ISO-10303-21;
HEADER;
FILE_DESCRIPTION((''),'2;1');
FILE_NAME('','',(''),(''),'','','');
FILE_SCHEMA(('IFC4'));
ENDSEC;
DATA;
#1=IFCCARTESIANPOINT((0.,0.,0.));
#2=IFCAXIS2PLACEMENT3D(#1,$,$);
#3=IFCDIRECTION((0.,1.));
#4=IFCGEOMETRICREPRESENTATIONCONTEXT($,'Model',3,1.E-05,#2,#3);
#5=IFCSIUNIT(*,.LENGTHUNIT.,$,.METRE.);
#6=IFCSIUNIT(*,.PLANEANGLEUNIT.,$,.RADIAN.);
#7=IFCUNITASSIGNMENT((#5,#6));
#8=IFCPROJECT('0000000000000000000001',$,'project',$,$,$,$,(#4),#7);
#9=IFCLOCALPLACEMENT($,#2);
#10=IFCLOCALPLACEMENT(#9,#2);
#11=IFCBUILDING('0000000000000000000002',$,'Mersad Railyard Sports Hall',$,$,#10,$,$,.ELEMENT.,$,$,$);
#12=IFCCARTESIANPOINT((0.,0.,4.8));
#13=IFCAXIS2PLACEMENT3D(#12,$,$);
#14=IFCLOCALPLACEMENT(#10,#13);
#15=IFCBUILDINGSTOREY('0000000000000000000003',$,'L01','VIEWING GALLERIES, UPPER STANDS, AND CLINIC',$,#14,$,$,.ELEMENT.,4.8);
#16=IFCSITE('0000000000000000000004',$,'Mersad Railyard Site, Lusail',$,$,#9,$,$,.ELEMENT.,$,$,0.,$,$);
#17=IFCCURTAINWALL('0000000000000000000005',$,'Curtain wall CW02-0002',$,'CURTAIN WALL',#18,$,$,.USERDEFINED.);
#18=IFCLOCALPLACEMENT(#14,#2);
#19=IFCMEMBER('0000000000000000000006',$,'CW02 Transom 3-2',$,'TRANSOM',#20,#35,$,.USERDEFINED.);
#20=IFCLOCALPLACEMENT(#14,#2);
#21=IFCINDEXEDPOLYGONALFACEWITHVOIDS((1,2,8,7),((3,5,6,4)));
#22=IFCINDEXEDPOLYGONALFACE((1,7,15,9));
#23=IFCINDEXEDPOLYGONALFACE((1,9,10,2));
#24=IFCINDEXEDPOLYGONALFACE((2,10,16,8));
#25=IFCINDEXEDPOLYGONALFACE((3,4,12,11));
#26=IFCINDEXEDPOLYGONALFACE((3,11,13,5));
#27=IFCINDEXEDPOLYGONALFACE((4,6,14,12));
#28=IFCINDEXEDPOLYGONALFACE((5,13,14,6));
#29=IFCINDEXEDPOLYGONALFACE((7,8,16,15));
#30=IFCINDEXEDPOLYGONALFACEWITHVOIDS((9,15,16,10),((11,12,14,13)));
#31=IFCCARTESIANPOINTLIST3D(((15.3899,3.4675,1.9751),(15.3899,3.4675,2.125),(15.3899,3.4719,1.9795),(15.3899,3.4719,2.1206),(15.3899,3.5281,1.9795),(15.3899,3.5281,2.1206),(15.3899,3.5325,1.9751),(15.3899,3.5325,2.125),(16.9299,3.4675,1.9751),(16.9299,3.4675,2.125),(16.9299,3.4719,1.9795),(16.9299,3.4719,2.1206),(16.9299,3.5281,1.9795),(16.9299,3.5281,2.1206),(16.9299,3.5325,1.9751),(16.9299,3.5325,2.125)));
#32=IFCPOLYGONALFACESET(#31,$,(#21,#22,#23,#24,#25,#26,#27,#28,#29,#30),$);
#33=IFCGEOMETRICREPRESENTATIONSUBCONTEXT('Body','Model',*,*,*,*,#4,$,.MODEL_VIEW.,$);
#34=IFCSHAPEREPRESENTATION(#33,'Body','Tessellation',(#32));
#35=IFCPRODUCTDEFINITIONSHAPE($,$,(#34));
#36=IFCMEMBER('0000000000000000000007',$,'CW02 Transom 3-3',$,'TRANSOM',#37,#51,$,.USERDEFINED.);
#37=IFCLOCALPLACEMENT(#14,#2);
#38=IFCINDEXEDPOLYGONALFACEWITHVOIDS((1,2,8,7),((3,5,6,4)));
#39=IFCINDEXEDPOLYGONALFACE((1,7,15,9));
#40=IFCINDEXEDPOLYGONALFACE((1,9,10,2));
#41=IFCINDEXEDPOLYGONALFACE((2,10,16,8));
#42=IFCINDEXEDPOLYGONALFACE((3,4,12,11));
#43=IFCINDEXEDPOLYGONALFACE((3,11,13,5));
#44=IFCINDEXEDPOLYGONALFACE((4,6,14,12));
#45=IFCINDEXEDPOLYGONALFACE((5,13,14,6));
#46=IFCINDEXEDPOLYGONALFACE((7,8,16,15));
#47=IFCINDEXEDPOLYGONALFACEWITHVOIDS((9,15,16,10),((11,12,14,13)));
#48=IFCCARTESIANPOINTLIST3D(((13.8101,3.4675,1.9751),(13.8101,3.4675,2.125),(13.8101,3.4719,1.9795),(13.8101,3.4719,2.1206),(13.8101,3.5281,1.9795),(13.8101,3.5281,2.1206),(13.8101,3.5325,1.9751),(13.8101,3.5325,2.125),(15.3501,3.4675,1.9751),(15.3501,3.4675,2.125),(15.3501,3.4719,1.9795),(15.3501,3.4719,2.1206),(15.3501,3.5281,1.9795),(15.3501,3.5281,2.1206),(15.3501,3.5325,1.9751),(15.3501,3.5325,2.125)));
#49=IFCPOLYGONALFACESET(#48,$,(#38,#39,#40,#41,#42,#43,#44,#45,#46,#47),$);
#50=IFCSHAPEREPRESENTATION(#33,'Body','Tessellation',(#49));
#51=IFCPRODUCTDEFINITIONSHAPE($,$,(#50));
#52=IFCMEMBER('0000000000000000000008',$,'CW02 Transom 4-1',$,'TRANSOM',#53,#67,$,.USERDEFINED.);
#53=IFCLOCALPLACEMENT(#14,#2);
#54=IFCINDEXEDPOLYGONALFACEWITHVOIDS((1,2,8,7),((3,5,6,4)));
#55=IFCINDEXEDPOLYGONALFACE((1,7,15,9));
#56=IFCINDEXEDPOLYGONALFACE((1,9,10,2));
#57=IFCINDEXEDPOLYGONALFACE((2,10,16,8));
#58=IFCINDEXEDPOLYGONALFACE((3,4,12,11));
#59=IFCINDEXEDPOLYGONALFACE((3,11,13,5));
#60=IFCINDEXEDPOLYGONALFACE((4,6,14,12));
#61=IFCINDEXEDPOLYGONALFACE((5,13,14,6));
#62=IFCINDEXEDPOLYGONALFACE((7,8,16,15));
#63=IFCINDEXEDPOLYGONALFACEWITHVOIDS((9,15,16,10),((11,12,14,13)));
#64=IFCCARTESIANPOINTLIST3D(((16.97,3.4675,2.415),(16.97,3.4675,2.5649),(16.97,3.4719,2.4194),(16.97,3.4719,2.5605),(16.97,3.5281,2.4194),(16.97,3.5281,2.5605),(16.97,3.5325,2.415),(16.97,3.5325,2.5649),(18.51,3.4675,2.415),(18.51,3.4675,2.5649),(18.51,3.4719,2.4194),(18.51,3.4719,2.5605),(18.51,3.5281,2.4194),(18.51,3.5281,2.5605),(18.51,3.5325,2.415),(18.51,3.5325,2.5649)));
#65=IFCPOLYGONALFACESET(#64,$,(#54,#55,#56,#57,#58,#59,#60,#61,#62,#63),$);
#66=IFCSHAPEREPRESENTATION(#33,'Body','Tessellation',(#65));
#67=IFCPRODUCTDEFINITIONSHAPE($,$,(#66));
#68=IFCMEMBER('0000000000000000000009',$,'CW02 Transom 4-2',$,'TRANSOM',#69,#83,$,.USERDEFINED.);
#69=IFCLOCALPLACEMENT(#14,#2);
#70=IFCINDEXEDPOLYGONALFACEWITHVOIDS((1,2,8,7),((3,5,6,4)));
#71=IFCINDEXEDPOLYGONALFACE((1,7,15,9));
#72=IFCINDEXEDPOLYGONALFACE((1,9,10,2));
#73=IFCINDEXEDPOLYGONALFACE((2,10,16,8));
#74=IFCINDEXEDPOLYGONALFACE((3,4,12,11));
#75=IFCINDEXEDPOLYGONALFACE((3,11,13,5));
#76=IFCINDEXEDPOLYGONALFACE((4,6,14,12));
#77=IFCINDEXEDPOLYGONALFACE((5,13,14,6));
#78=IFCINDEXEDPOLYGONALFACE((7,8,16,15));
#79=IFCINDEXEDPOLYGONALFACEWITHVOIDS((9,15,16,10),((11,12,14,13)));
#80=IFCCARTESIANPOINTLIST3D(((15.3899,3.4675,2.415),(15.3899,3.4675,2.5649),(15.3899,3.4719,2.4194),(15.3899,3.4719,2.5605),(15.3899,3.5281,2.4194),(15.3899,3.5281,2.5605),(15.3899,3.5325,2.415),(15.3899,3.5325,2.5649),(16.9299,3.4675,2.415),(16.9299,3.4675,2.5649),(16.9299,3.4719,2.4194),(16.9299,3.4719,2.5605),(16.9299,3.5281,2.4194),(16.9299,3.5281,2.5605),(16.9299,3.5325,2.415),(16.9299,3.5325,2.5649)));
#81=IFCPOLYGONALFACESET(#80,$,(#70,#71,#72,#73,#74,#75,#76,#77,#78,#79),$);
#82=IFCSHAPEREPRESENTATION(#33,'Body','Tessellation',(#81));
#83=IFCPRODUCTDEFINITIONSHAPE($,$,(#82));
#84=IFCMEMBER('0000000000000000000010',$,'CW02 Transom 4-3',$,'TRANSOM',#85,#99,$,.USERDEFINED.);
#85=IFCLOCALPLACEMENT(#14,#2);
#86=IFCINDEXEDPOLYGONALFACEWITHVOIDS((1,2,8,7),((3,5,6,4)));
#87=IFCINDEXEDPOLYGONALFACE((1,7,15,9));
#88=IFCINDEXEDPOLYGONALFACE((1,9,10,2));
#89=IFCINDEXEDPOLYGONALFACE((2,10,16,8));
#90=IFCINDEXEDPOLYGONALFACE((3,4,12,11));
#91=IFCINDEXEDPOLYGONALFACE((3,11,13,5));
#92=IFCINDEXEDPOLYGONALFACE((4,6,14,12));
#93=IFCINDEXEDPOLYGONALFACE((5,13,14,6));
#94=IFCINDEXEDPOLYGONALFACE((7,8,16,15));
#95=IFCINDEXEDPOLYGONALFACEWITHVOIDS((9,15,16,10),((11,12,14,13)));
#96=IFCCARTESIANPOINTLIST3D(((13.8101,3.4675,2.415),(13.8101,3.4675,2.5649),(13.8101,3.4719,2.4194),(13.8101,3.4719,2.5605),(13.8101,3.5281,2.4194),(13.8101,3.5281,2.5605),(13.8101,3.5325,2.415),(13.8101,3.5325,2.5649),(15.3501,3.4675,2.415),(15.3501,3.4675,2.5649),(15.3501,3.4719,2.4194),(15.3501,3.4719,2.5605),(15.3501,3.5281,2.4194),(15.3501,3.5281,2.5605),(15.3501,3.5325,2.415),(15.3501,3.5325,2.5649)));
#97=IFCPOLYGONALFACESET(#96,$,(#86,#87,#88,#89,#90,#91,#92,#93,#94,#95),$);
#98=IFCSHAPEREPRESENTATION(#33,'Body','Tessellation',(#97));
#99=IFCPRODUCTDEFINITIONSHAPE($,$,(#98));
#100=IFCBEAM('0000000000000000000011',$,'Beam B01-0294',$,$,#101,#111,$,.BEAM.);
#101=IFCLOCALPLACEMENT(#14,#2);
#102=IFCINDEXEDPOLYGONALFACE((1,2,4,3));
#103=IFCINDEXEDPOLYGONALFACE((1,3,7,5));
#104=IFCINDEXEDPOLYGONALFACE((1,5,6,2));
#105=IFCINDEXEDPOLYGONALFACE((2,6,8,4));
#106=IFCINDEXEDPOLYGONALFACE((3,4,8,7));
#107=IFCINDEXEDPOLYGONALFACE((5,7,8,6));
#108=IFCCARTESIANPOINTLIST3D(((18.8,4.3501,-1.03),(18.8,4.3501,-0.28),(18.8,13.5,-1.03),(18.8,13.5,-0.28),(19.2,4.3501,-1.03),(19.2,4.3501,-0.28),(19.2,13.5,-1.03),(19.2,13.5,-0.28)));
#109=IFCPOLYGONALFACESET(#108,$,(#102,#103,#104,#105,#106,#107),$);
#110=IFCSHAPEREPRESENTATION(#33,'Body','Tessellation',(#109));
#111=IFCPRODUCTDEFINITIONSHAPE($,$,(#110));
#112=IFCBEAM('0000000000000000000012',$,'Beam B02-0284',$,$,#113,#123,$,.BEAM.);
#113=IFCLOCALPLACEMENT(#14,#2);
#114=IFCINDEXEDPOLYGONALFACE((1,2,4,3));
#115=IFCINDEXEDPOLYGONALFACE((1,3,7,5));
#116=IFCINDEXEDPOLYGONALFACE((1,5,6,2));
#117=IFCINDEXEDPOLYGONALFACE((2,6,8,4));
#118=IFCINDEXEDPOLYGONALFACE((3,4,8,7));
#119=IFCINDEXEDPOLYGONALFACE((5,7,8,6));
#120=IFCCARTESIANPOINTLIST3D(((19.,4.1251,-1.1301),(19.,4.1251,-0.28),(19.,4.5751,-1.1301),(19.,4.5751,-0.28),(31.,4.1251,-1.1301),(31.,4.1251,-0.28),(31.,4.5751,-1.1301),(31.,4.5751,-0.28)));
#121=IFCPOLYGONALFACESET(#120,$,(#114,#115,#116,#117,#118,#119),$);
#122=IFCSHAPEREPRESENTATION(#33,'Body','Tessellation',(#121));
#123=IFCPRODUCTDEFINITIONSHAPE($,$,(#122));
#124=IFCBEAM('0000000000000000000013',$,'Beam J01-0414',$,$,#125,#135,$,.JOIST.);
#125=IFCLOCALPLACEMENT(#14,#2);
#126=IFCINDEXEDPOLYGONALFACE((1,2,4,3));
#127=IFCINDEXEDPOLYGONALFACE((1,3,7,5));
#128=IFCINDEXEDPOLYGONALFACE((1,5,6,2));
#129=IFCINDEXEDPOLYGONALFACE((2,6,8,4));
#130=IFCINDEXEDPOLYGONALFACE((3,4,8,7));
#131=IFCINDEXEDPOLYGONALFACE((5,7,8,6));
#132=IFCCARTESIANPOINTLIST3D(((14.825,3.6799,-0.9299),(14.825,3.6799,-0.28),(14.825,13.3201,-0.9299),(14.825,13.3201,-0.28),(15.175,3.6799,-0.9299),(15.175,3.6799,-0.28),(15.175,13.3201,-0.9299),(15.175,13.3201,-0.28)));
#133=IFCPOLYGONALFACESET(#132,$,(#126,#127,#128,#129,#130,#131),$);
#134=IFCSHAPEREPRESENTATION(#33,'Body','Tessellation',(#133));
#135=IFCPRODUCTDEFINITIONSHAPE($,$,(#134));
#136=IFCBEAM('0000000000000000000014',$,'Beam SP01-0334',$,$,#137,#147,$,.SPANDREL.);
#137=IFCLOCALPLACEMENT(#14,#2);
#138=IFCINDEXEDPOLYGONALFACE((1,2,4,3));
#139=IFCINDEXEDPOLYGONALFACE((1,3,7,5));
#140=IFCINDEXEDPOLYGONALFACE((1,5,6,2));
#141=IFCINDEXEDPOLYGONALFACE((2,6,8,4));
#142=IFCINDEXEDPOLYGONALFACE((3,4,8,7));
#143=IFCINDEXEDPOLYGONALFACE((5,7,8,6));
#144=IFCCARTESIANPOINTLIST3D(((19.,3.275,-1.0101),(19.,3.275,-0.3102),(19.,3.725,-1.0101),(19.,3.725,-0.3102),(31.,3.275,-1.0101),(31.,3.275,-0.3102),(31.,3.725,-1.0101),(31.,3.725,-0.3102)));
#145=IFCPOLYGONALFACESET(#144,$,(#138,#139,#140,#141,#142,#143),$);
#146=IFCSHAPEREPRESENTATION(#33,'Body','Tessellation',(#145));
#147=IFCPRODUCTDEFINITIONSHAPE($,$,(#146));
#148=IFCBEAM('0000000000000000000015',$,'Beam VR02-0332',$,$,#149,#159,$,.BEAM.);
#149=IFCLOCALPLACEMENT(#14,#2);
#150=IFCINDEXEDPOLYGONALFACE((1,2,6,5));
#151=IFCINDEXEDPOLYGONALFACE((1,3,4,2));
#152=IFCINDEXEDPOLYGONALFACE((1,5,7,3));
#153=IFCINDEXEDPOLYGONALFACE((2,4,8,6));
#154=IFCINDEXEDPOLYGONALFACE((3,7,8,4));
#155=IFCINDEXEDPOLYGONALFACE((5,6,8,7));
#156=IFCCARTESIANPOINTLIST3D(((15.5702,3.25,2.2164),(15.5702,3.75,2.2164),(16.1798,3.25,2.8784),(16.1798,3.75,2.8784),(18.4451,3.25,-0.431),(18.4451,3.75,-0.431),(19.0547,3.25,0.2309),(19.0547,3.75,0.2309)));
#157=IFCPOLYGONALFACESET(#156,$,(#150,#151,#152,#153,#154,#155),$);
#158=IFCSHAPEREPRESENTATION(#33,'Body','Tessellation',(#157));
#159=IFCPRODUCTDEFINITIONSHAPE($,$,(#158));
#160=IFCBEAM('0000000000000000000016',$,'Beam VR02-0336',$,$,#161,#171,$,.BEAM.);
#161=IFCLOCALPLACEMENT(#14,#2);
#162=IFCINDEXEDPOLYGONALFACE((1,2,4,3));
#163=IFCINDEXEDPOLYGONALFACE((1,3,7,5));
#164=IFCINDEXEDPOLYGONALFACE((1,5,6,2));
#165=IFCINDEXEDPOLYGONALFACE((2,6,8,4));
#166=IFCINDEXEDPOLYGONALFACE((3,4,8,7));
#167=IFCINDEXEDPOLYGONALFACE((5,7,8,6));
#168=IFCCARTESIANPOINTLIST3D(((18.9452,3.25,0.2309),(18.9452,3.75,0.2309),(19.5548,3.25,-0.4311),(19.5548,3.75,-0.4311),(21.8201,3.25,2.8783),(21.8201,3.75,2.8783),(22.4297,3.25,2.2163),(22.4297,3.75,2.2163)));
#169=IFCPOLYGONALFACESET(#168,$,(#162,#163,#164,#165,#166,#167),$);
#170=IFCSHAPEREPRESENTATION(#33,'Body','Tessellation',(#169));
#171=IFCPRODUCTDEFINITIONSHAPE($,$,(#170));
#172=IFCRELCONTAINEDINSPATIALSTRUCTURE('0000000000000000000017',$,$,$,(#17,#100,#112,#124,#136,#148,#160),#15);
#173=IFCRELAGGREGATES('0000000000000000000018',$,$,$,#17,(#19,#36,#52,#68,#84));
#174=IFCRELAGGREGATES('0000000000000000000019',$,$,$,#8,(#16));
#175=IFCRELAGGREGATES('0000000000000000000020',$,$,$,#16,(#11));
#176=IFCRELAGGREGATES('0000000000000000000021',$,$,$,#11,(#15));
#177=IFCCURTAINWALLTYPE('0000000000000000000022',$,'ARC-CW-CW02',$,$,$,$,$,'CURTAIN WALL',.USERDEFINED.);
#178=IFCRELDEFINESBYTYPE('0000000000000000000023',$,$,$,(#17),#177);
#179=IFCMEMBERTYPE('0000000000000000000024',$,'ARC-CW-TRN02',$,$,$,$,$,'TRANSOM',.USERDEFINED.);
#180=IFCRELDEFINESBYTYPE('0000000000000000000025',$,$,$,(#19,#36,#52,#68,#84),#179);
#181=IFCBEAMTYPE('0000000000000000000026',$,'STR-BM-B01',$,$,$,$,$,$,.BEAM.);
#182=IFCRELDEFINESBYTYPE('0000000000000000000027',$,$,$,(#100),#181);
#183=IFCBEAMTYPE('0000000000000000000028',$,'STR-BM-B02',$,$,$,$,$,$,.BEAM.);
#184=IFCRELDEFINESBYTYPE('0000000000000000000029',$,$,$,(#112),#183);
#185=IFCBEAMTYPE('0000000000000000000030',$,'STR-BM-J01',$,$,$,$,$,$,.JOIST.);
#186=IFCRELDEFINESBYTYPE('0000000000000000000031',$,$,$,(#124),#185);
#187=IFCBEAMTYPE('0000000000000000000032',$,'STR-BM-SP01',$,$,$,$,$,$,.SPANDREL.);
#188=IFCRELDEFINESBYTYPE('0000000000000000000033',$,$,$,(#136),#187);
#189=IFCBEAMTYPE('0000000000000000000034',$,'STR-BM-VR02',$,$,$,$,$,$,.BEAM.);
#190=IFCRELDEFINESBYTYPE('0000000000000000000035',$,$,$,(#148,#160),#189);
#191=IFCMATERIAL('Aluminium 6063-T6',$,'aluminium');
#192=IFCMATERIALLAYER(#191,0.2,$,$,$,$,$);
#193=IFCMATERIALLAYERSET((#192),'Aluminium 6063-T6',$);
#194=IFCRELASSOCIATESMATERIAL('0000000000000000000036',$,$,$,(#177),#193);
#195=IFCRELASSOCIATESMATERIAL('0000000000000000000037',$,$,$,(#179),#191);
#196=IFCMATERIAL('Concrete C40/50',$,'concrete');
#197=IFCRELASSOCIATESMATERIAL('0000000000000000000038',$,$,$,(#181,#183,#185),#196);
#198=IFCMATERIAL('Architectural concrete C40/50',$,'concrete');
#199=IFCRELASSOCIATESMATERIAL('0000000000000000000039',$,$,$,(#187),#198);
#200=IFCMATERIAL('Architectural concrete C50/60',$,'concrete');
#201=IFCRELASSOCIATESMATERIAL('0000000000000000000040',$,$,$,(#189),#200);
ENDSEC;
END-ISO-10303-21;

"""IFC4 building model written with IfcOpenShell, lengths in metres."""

from ifc_helpers import new_model, si_unit, direction, frame, origin, origin_2d, place, context, subcontext, project, spatial, rectangle, hollow_rectangle, extrude, material, layer, layer_set, material_profile, profile_set, type_object, element, aggregate, save


model = new_model("IFC4")

# Units and contexts
model_context = context("Model", 3, precision=1e-05, world=origin(), true_north=direction((0.0, 1.0)))
body_context = subcontext(model_context, "Body", "Model", "MODEL_VIEW")
ifc_project = project(units=[si_unit("LENGTHUNIT", "METRE"), si_unit("PLANEANGLEUNIT", "RADIAN")], contexts=[model_context])

# Site, building, storey
site_placement = place(None, origin())
site = spatial("IfcSite", under=ifc_project, at=site_placement, Name="Mersad Railyard Site, Lusail", CompositionType="ELEMENT", RefElevation=0.0)
building_placement = place(site_placement, origin())
building = spatial("IfcBuilding", under=site, at=building_placement, Name="Mersad Railyard Sports Hall", CompositionType="ELEMENT")
storey_placement = place(building_placement, frame((0.0, 0.0, 4.8)))
storey = spatial("IfcBuildingStorey", under=building, at=storey_placement, Name="L01", Description="VIEWING GALLERIES, UPPER STANDS, AND CLINIC", CompositionType="ELEMENT", Elevation=4.8)

# Shared definitions
ifc_material_1 = material(Name="Architectural concrete C50/60", Category="concrete")

# Curtain wall, members
ifc_material_2 = material(Name="Aluminium 6063-T6", Category="aluminium")
ifc_layer_1 = layer(ifc_material_2, 0.2)
ifc_layer_set_1 = layer_set([ifc_layer_1], Name="Aluminium 6063-T6")
curtain_wall_type = type_object("IfcCurtainWallType", Name="ARC-CW-CW02", ElementType="CURTAIN WALL", PredefinedType="USERDEFINED", material=ifc_layer_set_1)
curtain_wall_placement = place(storey_placement, origin())
curtain_wall = element("IfcCurtainWall", 1, at=curtain_wall_placement, inside=storey, type_object=curtain_wall_type, Name="Curtain wall CW02-0002", ObjectType="CURTAIN WALL", PredefinedType="USERDEFINED")
ifc_material_profile_1 = material_profile(ifc_material_2, hollow_rectangle(XDim=0.0649, YDim=0.1499, WallThickness=0.0044, at=origin_2d()), Name="AL TRANSOM 65x150x4.5")
ifc_profile_set_1 = profile_set([ifc_material_profile_1], Name="Aluminium 6063-T6")
member_type_1 = type_object("IfcMemberType", Name="ARC-CW-TRN02", ElementType="TRANSOM", PredefinedType="USERDEFINED", material=ifc_profile_set_1)
member_1_placement = place(storey_placement, frame((16.9299, 3.5, 2.05), z_axis=(-1.0, 0.0, 0.0), x_axis=(0.0, -1.0, 0.0)))
member_1 = element("IfcMember", 2, at=member_1_placement, type_object=member_type_1, Name="CW02 Transom 3-2", ObjectType="TRANSOM", PredefinedType="USERDEFINED", context=body_context, shape_type="SweptSolid", body=[
    extrude(hollow_rectangle(XDim=0.0649, YDim=0.1499, WallThickness=0.0044, at=origin_2d()), origin(), (0.0, 0.0, 1.0), 1.54),
])
member_2_placement = place(storey_placement, frame((15.3501, 3.5, 2.05), z_axis=(-1.0, 0.0, 0.0), x_axis=(0.0, -1.0, 0.0)))
member_2 = element("IfcMember", 3, at=member_2_placement, type_object=member_type_1, Name="CW02 Transom 3-3", ObjectType="TRANSOM", PredefinedType="USERDEFINED", context=body_context, shape_type="SweptSolid", body=[
    extrude(hollow_rectangle(XDim=0.0649, YDim=0.1499, WallThickness=0.0044, at=origin_2d()), origin(), (0.0, 0.0, 1.0), 1.54),
])
member_3_placement = place(storey_placement, frame((18.51, 3.5, 2.49), z_axis=(-1.0, 0.0, 0.0), x_axis=(0.0, -1.0, 0.0)))
member_3 = element("IfcMember", 4, at=member_3_placement, type_object=member_type_1, Name="CW02 Transom 4-1", ObjectType="TRANSOM", PredefinedType="USERDEFINED", context=body_context, shape_type="SweptSolid", body=[
    extrude(hollow_rectangle(XDim=0.0649, YDim=0.1499, WallThickness=0.0044, at=origin_2d()), origin(), (0.0, 0.0, 1.0), 1.54),
])
member_4_placement = place(storey_placement, frame((16.9299, 3.5, 2.49), z_axis=(-1.0, 0.0, 0.0), x_axis=(0.0, -1.0, 0.0)))
member_4 = element("IfcMember", 5, at=member_4_placement, type_object=member_type_1, Name="CW02 Transom 4-2", ObjectType="TRANSOM", PredefinedType="USERDEFINED", context=body_context, shape_type="SweptSolid", body=[
    extrude(hollow_rectangle(XDim=0.0649, YDim=0.1499, WallThickness=0.0044, at=origin_2d()), origin(), (0.0, 0.0, 1.0), 1.54),
])
member_5_placement = place(storey_placement, frame((15.3501, 3.5, 2.49), z_axis=(-1.0, 0.0, 0.0), x_axis=(0.0, -1.0, 0.0)))
member_5 = element("IfcMember", 6, at=member_5_placement, type_object=member_type_1, Name="CW02 Transom 4-3", ObjectType="TRANSOM", PredefinedType="USERDEFINED", context=body_context, shape_type="SweptSolid", body=[
    extrude(hollow_rectangle(XDim=0.0649, YDim=0.1499, WallThickness=0.0044, at=origin_2d()), origin(), (0.0, 0.0, 1.0), 1.54),
])

# Beams
ifc_material_3 = material(Name="Concrete C40/50", Category="concrete")
ifc_material_profile_2 = material_profile(ifc_material_3, rectangle(XDim=0.3999, YDim=0.75, at=origin_2d()), Name="RC 400x750")
ifc_profile_set_2 = profile_set([ifc_material_profile_2], Name="Concrete C40/50")
beam_type_1 = type_object("IfcBeamType", Name="STR-BM-B01", PredefinedType="BEAM", material=ifc_profile_set_2)
beam_1_placement = place(storey_placement, frame((19.0, 4.3501, -0.655), z_axis=(0.0, 1.0, 0.0), x_axis=(-1.0, 0.0, 0.0)))
element("IfcBeam", 7, at=beam_1_placement, inside=storey, type_object=beam_type_1, Name="Beam B01-0294", PredefinedType="BEAM", context=body_context, shape_type="SweptSolid", body=[
    extrude(rectangle(XDim=0.3999, YDim=0.75, at=origin_2d()), origin(), (0.0, 0.0, 1.0), 9.1499),
])
ifc_material_profile_3 = material_profile(ifc_material_3, rectangle(XDim=0.45, YDim=0.8501, at=origin_2d()), Name="RC 450x850")
ifc_profile_set_3 = profile_set([ifc_material_profile_3], Name="Concrete C40/50")
beam_type_2 = type_object("IfcBeamType", Name="STR-BM-B02", PredefinedType="BEAM", material=ifc_profile_set_3)
beam_2_placement = place(storey_placement, frame((19.0, 4.3501, -0.7051), z_axis=(1.0, 0.0, 0.0), x_axis=(0.0, 1.0, 0.0)))
element("IfcBeam", 8, at=beam_2_placement, inside=storey, type_object=beam_type_2, Name="Beam B02-0284", PredefinedType="BEAM", context=body_context, shape_type="SweptSolid", body=[
    extrude(rectangle(XDim=0.45, YDim=0.8501, at=origin_2d()), origin(), (0.0, 0.0, 1.0), 12.0),
])
ifc_material_profile_4 = material_profile(ifc_material_3, rectangle(XDim=0.3501, YDim=0.6499, at=origin_2d()), Name="RC 350x650")
ifc_profile_set_4 = profile_set([ifc_material_profile_4], Name="Concrete C40/50")
beam_type_3 = type_object("IfcBeamType", Name="STR-BM-J01", PredefinedType="JOIST", material=ifc_profile_set_4)
beam_3_placement = place(storey_placement, frame((15.0, 3.6799, -0.605), z_axis=(0.0, 1.0, 0.0), x_axis=(-1.0, 0.0, 0.0)))
element("IfcBeam", 9, at=beam_3_placement, inside=storey, type_object=beam_type_3, Name="Beam J01-0414", PredefinedType="JOIST", context=body_context, shape_type="SweptSolid", body=[
    extrude(rectangle(XDim=0.3501, YDim=0.6499, at=origin_2d()), origin(), (0.0, 0.0, 1.0), 9.6401),
])
ifc_material_4 = material(Name="Architectural concrete C40/50", Category="concrete")
ifc_material_profile_5 = material_profile(ifc_material_4, rectangle(XDim=0.45, YDim=0.7, at=origin_2d()), Name="RC 450x700")
ifc_profile_set_5 = profile_set([ifc_material_profile_5], Name="Architectural concrete C40/50")
beam_type_4 = type_object("IfcBeamType", Name="STR-BM-SP01", PredefinedType="SPANDREL", material=ifc_profile_set_5)
beam_4_placement = place(storey_placement, frame((19.0, 3.5, -0.6602), z_axis=(1.0, 0.0, 0.0), x_axis=(0.0, 1.0, 0.0)))
element("IfcBeam", 10, at=beam_4_placement, inside=storey, type_object=beam_type_4, Name="Beam SP01-0334", PredefinedType="SPANDREL", context=body_context, shape_type="SweptSolid", body=[
    extrude(rectangle(XDim=0.45, YDim=0.7, at=origin_2d()), origin(), (0.0, 0.0, 1.0), 12.0),
])
ifc_material_profile_6 = material_profile(ifc_material_1, rectangle(XDim=0.5, YDim=0.8999, at=origin_2d()), Name="VR 500x900")
ifc_profile_set_6 = profile_set([ifc_material_profile_6], Name="Architectural concrete C50/60")
beam_type_5 = type_object("IfcBeamType", Name="STR-BM-VR02", PredefinedType="BEAM", material=ifc_profile_set_6)
for number, where, z_axis, x_axis, name in (
    (11, (15.875, 3.5, 2.5474), (0.735617, 0.0, -0.677397), (0.0, 1.0, 0.0), "Beam VR02-0332"),
    (12, (19.25, 3.5, -0.1001), (0.735617, 0.0, 0.677397), (0.0, 1.0, 0.0), "Beam VR02-0336"),
):
    element("IfcBeam", number, at=place(storey_placement, frame(where, z_axis=z_axis, x_axis=x_axis)), inside=storey, type_object=beam_type_5, Name=name, PredefinedType="BEAM", context=body_context, shape_type="SweptSolid", body=[
        extrude(rectangle(XDim=0.5, YDim=0.8999, at=origin_2d()), origin(), (0.0, 0.0, 1.0), 3.9082),
    ])

aggregate(curtain_wall, [member_1, member_2, member_3, member_4, member_5])

save(model, "model.ifc")
